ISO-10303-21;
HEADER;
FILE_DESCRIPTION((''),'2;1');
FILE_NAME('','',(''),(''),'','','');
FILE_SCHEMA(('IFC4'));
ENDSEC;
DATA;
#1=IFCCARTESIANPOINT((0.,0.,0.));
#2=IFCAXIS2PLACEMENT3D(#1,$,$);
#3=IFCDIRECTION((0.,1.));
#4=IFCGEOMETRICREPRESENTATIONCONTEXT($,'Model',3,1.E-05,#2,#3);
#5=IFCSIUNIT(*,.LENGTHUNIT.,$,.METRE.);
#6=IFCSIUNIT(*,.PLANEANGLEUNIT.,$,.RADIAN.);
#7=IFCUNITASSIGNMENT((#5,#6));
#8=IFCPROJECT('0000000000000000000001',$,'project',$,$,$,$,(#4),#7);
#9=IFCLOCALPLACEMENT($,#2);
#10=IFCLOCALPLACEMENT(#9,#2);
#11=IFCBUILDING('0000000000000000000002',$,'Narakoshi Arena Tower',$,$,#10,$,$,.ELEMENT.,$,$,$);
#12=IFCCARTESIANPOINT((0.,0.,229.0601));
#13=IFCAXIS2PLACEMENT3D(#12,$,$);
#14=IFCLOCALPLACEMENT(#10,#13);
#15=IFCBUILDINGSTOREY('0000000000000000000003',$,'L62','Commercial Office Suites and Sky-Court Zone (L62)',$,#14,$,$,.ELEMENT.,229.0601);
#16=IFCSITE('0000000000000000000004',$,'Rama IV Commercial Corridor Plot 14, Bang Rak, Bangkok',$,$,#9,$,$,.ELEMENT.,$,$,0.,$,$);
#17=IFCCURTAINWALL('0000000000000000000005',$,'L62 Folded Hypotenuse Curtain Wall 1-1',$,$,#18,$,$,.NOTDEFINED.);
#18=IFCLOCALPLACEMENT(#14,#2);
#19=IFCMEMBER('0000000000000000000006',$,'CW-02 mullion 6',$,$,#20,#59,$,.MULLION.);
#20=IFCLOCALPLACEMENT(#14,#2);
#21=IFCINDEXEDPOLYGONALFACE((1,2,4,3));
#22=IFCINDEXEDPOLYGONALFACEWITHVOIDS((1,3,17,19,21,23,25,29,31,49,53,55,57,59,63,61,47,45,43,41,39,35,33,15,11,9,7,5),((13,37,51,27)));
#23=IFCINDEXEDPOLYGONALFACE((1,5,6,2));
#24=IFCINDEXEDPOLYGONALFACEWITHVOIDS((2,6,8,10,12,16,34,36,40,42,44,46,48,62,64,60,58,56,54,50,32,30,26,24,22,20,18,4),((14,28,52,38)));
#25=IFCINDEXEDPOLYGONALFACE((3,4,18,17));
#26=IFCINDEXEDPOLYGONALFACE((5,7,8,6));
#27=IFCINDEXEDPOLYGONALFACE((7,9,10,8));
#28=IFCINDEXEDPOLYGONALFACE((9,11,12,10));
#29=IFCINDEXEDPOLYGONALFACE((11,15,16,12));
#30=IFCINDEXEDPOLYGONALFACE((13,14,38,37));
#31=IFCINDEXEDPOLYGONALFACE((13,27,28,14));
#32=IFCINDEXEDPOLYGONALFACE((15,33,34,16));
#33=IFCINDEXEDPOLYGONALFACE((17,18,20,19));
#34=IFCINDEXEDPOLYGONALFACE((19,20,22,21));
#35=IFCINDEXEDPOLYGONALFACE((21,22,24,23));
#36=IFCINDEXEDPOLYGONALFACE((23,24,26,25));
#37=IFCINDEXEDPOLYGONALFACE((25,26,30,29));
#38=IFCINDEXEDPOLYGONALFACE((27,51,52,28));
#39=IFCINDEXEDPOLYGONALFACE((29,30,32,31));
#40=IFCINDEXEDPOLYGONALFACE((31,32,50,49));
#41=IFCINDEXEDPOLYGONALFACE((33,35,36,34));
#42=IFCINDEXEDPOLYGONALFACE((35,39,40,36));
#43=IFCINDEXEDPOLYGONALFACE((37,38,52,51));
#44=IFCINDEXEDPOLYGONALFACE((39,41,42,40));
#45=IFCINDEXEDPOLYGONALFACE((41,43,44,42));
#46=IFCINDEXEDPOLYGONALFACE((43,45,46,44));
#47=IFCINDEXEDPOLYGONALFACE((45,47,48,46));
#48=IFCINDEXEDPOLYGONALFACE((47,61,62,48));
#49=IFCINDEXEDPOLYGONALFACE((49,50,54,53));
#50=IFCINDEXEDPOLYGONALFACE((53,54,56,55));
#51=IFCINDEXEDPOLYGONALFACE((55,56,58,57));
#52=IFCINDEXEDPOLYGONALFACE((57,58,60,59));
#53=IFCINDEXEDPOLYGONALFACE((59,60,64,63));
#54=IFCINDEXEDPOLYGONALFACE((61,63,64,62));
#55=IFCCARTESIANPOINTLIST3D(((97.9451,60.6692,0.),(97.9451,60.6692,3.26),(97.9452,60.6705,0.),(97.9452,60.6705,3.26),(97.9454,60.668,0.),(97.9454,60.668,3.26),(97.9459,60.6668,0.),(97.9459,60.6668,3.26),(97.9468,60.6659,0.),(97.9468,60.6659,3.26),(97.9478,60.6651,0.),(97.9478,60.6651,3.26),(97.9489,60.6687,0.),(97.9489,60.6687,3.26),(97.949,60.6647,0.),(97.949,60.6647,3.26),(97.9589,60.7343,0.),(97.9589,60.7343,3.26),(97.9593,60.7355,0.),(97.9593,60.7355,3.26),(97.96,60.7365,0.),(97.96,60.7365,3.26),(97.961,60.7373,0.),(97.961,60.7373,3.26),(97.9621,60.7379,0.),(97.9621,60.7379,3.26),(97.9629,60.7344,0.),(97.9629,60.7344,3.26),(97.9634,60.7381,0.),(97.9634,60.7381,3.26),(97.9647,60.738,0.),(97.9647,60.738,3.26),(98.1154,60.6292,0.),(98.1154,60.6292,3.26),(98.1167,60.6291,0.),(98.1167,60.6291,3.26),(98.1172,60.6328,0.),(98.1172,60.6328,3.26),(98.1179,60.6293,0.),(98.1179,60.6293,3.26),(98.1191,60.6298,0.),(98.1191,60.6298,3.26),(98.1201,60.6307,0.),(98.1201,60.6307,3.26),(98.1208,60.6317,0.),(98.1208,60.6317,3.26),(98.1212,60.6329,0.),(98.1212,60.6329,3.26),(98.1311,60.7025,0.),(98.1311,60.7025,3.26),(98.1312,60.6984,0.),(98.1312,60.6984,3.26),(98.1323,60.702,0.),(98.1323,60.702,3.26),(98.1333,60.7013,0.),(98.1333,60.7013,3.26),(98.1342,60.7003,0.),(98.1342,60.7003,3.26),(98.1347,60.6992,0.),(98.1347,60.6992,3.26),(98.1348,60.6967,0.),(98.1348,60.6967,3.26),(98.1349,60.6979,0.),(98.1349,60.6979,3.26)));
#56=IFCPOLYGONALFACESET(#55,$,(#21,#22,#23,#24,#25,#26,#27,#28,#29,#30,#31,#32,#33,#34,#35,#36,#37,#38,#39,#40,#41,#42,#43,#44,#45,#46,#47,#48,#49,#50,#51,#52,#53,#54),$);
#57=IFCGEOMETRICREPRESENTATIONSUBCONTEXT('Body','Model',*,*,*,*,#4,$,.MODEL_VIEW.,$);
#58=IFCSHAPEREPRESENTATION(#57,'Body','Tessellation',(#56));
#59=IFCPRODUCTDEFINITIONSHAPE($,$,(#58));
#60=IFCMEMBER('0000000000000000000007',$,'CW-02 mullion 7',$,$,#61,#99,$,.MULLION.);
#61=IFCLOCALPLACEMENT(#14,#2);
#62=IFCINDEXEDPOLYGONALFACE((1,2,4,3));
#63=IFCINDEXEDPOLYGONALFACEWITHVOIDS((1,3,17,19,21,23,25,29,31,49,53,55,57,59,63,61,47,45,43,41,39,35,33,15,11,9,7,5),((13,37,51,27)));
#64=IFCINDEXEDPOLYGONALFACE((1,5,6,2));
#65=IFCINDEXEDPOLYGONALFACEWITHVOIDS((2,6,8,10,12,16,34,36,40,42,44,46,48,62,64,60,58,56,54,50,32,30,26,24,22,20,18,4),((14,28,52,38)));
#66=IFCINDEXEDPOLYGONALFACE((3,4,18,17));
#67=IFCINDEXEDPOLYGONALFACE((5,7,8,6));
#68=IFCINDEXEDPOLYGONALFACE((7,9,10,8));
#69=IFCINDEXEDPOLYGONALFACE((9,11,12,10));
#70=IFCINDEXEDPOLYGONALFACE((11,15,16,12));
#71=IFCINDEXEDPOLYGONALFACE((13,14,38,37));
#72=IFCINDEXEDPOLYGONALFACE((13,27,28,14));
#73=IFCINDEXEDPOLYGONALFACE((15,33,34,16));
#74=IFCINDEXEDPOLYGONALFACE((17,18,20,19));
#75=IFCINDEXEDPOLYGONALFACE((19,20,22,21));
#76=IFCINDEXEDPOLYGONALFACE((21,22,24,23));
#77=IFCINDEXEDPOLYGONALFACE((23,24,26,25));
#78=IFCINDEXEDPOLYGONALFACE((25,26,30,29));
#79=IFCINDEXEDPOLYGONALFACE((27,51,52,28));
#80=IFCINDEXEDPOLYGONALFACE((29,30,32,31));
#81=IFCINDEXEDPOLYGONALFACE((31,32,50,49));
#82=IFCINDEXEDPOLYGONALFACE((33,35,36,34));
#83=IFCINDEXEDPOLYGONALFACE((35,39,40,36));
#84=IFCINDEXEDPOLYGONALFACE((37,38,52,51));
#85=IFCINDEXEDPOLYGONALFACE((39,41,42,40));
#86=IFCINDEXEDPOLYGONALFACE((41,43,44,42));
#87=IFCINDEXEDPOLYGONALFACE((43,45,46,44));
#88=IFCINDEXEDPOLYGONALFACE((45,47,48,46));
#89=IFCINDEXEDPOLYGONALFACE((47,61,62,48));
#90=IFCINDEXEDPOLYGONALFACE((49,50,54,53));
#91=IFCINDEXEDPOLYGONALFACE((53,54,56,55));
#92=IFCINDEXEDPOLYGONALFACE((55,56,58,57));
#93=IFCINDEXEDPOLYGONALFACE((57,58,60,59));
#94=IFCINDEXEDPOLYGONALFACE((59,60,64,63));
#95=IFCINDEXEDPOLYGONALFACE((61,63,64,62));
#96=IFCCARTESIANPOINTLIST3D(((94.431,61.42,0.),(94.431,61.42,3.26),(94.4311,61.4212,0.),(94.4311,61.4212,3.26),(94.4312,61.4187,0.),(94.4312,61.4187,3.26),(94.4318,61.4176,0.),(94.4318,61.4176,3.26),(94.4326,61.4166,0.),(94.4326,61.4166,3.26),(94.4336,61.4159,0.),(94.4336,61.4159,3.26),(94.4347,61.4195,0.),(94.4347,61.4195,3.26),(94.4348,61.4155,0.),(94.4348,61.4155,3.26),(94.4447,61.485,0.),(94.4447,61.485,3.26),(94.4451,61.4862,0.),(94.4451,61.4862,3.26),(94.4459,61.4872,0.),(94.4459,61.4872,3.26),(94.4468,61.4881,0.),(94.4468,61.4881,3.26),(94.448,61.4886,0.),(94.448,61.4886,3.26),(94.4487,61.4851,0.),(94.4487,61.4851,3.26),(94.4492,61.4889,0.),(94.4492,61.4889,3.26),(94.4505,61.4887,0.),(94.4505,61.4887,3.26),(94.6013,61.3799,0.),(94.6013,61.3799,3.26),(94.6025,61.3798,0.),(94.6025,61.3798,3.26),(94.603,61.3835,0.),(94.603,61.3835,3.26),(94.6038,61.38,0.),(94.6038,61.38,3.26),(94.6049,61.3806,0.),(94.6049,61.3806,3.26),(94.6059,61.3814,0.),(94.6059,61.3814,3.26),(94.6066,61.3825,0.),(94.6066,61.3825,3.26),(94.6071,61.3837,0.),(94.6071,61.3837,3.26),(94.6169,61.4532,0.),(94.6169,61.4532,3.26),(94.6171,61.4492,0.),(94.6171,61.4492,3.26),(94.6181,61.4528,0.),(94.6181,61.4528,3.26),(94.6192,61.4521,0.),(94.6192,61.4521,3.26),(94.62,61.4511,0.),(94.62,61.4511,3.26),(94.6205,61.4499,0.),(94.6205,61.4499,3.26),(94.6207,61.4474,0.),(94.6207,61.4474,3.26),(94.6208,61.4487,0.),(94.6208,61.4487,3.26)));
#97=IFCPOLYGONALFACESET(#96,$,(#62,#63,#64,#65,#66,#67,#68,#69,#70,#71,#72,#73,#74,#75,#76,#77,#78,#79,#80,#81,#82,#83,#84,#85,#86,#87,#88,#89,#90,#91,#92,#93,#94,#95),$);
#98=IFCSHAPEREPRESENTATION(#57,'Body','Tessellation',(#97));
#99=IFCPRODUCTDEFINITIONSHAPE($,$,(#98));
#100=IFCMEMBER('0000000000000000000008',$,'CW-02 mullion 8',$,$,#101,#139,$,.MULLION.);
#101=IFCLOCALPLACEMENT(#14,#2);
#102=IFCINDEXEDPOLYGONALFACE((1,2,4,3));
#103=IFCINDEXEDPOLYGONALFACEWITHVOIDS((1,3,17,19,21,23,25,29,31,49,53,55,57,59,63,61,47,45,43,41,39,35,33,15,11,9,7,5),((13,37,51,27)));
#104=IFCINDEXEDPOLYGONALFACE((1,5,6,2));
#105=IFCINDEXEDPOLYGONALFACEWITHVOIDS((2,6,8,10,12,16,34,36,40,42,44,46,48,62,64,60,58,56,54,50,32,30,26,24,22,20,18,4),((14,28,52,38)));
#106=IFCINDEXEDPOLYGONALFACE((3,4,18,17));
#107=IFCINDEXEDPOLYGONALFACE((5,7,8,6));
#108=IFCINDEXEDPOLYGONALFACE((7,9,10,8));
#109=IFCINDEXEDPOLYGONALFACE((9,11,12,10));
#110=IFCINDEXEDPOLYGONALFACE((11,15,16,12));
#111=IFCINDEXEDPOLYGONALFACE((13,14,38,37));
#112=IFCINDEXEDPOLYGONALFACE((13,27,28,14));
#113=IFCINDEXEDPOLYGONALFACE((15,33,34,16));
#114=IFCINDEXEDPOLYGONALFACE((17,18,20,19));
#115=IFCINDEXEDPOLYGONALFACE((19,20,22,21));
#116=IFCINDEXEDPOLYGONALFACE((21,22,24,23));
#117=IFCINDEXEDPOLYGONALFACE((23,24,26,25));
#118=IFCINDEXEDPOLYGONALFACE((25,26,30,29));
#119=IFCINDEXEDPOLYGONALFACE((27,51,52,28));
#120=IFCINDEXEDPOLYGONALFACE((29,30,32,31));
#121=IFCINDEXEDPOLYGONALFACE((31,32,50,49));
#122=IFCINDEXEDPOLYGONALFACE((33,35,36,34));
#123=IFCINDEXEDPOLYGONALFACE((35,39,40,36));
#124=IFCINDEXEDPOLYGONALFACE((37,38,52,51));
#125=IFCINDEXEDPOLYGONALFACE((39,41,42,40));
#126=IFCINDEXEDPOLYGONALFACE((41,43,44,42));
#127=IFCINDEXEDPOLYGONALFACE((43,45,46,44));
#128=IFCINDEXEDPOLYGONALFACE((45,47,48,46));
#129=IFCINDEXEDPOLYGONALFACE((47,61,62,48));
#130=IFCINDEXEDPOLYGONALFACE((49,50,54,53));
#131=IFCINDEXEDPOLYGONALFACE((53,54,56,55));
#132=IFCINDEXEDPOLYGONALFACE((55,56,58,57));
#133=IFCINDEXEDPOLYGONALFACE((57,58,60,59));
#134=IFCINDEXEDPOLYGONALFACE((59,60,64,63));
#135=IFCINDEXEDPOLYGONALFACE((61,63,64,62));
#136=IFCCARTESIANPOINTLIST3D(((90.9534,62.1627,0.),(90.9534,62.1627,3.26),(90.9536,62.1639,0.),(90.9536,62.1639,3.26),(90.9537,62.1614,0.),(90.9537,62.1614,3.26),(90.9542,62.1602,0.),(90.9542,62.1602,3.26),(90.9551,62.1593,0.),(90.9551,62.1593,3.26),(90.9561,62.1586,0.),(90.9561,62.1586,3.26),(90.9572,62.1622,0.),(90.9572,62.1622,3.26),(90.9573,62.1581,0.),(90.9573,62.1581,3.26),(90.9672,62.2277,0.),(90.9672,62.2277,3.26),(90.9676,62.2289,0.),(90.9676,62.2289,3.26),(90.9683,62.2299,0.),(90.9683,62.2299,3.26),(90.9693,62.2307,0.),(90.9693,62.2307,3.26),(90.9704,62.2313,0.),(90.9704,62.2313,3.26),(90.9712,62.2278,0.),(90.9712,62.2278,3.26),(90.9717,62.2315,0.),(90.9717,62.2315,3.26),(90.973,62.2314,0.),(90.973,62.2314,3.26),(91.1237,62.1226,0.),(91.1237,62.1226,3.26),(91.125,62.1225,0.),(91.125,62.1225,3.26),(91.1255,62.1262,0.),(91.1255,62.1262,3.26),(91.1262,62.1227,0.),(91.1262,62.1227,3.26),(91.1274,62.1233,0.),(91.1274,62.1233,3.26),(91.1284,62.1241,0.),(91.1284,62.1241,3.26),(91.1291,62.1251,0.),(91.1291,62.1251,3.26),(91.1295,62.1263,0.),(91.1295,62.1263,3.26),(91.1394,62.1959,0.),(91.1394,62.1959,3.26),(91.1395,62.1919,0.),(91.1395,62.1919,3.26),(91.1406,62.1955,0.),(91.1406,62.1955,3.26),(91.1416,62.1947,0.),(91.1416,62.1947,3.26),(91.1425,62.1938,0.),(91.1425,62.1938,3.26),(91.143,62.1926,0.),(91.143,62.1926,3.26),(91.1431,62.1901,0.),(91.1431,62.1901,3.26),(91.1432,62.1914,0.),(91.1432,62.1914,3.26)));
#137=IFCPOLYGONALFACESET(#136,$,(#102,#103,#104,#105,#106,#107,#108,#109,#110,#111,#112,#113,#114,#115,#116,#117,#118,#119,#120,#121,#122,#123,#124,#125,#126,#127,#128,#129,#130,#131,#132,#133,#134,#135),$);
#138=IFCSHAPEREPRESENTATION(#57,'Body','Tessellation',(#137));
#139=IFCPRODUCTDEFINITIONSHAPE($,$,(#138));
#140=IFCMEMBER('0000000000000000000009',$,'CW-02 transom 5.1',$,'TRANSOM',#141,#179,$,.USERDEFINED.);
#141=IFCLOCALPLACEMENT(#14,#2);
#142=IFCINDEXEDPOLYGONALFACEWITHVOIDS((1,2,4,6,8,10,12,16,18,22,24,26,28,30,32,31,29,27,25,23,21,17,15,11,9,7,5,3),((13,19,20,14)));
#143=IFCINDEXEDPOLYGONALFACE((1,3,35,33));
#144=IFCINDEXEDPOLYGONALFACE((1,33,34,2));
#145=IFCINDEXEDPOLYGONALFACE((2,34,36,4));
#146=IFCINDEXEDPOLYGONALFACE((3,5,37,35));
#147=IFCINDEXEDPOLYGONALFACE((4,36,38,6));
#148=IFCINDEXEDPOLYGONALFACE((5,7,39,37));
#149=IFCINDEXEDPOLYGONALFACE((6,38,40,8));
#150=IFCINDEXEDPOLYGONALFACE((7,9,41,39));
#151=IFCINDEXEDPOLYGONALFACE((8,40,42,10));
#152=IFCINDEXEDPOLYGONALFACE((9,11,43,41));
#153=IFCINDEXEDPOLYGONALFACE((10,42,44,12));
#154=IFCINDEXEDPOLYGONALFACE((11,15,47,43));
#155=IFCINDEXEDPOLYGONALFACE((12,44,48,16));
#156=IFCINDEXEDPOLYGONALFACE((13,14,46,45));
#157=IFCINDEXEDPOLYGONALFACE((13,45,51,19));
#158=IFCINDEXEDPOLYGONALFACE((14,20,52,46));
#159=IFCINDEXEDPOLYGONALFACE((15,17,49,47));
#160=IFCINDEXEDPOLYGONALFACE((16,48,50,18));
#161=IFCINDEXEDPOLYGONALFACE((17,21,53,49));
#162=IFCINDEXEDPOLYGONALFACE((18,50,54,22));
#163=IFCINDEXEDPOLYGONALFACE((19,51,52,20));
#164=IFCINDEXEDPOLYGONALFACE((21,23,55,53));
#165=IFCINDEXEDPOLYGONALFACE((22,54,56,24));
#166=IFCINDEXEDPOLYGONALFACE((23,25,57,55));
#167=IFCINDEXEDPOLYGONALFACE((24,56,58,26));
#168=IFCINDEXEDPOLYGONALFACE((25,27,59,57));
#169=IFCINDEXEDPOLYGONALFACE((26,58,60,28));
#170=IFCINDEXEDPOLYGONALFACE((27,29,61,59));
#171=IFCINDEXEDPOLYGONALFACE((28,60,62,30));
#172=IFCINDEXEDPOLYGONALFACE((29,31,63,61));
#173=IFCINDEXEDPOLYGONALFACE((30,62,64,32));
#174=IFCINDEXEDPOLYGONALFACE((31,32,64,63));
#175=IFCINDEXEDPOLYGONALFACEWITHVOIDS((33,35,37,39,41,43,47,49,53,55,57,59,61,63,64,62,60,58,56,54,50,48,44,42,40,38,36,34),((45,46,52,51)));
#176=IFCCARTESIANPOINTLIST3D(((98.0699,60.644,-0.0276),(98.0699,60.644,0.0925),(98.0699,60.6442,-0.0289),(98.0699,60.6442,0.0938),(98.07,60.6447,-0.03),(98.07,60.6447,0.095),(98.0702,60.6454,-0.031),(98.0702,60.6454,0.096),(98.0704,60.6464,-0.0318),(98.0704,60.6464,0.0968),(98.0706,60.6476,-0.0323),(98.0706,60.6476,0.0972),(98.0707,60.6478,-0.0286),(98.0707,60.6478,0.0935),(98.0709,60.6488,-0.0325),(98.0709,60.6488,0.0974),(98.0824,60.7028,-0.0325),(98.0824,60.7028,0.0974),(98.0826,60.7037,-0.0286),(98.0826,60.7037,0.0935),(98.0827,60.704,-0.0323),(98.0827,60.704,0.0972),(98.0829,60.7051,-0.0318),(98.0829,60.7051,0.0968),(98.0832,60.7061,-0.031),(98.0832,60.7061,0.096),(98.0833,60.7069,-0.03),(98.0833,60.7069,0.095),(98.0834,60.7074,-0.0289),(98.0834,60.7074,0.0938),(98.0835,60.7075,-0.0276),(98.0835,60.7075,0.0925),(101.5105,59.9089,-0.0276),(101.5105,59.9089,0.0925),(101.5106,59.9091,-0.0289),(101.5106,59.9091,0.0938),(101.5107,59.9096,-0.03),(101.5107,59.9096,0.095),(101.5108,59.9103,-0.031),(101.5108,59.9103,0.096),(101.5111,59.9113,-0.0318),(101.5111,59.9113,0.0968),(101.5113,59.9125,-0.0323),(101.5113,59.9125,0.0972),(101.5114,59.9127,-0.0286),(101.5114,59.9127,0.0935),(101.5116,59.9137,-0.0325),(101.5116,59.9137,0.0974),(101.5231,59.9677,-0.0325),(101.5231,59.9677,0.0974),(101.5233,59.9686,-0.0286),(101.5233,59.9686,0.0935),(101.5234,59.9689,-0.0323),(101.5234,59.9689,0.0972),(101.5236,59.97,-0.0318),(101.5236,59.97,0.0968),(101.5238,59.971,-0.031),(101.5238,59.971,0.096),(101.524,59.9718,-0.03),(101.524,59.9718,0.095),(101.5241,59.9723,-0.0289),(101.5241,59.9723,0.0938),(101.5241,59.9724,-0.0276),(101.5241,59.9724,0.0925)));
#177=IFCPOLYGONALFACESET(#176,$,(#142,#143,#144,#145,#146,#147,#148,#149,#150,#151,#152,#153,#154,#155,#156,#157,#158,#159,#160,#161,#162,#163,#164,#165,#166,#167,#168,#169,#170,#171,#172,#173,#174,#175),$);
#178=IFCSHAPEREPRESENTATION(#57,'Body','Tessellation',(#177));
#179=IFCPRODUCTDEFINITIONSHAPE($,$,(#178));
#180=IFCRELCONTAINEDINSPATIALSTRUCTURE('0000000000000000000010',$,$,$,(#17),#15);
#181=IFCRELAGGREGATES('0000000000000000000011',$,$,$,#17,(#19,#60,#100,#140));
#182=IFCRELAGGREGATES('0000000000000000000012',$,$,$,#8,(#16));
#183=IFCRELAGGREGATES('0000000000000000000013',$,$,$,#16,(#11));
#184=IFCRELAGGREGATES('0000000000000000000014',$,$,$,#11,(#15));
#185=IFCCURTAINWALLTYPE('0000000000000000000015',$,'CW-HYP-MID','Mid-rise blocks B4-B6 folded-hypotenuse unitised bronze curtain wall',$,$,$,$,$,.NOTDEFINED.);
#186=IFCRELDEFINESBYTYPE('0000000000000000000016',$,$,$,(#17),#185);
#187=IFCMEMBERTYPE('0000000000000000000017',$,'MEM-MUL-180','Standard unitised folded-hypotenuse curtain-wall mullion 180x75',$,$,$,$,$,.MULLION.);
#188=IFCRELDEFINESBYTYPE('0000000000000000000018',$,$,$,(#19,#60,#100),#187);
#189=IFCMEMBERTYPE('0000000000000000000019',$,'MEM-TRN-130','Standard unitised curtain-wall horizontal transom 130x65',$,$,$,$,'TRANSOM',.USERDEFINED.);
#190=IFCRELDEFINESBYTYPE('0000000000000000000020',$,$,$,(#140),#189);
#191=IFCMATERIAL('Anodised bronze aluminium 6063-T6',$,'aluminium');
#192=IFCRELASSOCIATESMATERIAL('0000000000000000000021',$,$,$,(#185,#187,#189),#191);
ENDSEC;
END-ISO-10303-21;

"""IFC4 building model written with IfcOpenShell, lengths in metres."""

from ifc_helpers import new_model, si_unit, direction, frame, origin, origin_2d, place, context, subcontext, project, spatial, hollow_rectangle, extrude, material, material_profile, profile_set, type_object, element, aggregate, save


model = new_model("IFC4")

# Units and contexts
model_context = context("Model", 3, precision=1e-05, world=origin(), true_north=direction((0.0, 1.0)))
body_context = subcontext(model_context, "Body", "Model", "MODEL_VIEW")
ifc_project = project(units=[si_unit("LENGTHUNIT", "METRE"), si_unit("PLANEANGLEUNIT", "RADIAN")], contexts=[model_context])

# Site, building, storey
site_placement = place(None, origin())
site = spatial("IfcSite", under=ifc_project, at=site_placement, Name="Rama IV Commercial Corridor Plot 14, Bang Rak, Bangkok", CompositionType="ELEMENT", RefElevation=0.0)
building_placement = place(site_placement, origin())
building = spatial("IfcBuilding", under=site, at=building_placement, Name="Narakoshi Arena Tower", CompositionType="ELEMENT")
storey_placement = place(building_placement, frame((0.0, 0.0, 229.0601)))
storey = spatial("IfcBuildingStorey", under=building, at=storey_placement, Name="L62", Description="Commercial Office Suites and Sky-Court Zone (L62)", CompositionType="ELEMENT", Elevation=229.0601)

# Curtain wall, members
ifc_material_1 = material(Name="Anodised bronze aluminium 6063-T6", Category="aluminium")
curtain_wall_type = type_object("IfcCurtainWallType", Name="CW-HYP-MID", Description="Mid-rise blocks B4-B6 folded-hypotenuse unitised bronze curtain wall", PredefinedType="NOTDEFINED", material=ifc_material_1)
curtain_wall_placement = place(storey_placement, origin())
curtain_wall = element("IfcCurtainWall", 1, at=curtain_wall_placement, inside=storey, type_object=curtain_wall_type, Name="L62 Folded Hypotenuse Curtain Wall 1-1", PredefinedType="NOTDEFINED")
ifc_material_profile_1 = material_profile(ifc_material_1, hollow_rectangle(XDim=0.075, YDim=0.1799, WallThickness=0.0039, OuterFilletRadius=0.0049, at=origin_2d()), Name="MUL180x75x4")
ifc_profile_set_1 = profile_set([ifc_material_profile_1], Name="Anodised bronze aluminium 6063-T6")
member_type_1 = type_object("IfcMemberType", Name="MEM-MUL-180", Description="Standard unitised folded-hypotenuse curtain-wall mullion 180x75", PredefinedType="MULLION", material=ifc_profile_set_1)
member_1_placement = place(storey_placement, frame((98.04, 60.6836, 0.0), z_axis=(0.0, 0.0, 1.0), x_axis=(-0.208899, -0.977937, 0.0)))
member_1 = element("IfcMember", 2, at=member_1_placement, type_object=member_type_1, Name="CW-02 mullion 6", PredefinedType="MULLION", context=body_context, shape_type="SweptSolid", body=[
    extrude(hollow_rectangle(XDim=0.075, YDim=0.1799, WallThickness=0.0039, OuterFilletRadius=0.0049, at=origin_2d()), origin(), (0.0, 0.0, 1.0), 3.26),
])
member_2_placement = place(storey_placement, frame((94.5259, 61.4343, 0.0), z_axis=(0.0, 0.0, 1.0), x_axis=(-0.208899, -0.977937, 0.0)))
member_2 = element("IfcMember", 3, at=member_2_placement, type_object=member_type_1, Name="CW-02 mullion 7", PredefinedType="MULLION", context=body_context, shape_type="SweptSolid", body=[
    extrude(hollow_rectangle(XDim=0.075, YDim=0.1799, WallThickness=0.0039, OuterFilletRadius=0.0049, at=origin_2d()), origin(), (0.0, 0.0, 1.0), 3.26),
])
member_3_placement = place(storey_placement, frame((91.0483, 62.177, 0.0), z_axis=(0.0, 0.0, 1.0), x_axis=(-0.208899, -0.977937, 0.0)))
member_3 = element("IfcMember", 4, at=member_3_placement, type_object=member_type_1, Name="CW-02 mullion 8", PredefinedType="MULLION", context=body_context, shape_type="SweptSolid", body=[
    extrude(hollow_rectangle(XDim=0.075, YDim=0.1799, WallThickness=0.0039, OuterFilletRadius=0.0049, at=origin_2d()), origin(), (0.0, 0.0, 1.0), 3.26),
])
ifc_material_profile_2 = material_profile(ifc_material_1, hollow_rectangle(XDim=0.0649, YDim=0.1299, WallThickness=0.0039, OuterFilletRadius=0.0049, at=origin_2d()), Name="TRN130x65x4")
ifc_profile_set_2 = profile_set([ifc_material_profile_2], Name="Anodised bronze aluminium 6063-T6")
member_type_2 = type_object("IfcMemberType", Name="MEM-TRN-130", Description="Standard unitised curtain-wall horizontal transom 130x65", ElementType="TRANSOM", PredefinedType="USERDEFINED", material=ifc_profile_set_2)
member_4_placement = place(storey_placement, frame((101.5173, 59.9407, 0.0325), z_axis=(-0.977929, 0.208937, 0.0), x_axis=(-0.208937, -0.977929, 0.0)))
member_4 = element("IfcMember", 5, at=member_4_placement, type_object=member_type_2, Name="CW-02 transom 5.1", ObjectType="TRANSOM", PredefinedType="USERDEFINED", context=body_context, shape_type="SweptSolid", body=[
    extrude(hollow_rectangle(XDim=0.0649, YDim=0.1299, WallThickness=0.0039, OuterFilletRadius=0.0049, at=origin_2d()), origin(), (0.0, 0.0, 1.0), 3.5183),
])
aggregate(curtain_wall, [member_1, member_2, member_3, member_4])

save(model, "model.ifc")
